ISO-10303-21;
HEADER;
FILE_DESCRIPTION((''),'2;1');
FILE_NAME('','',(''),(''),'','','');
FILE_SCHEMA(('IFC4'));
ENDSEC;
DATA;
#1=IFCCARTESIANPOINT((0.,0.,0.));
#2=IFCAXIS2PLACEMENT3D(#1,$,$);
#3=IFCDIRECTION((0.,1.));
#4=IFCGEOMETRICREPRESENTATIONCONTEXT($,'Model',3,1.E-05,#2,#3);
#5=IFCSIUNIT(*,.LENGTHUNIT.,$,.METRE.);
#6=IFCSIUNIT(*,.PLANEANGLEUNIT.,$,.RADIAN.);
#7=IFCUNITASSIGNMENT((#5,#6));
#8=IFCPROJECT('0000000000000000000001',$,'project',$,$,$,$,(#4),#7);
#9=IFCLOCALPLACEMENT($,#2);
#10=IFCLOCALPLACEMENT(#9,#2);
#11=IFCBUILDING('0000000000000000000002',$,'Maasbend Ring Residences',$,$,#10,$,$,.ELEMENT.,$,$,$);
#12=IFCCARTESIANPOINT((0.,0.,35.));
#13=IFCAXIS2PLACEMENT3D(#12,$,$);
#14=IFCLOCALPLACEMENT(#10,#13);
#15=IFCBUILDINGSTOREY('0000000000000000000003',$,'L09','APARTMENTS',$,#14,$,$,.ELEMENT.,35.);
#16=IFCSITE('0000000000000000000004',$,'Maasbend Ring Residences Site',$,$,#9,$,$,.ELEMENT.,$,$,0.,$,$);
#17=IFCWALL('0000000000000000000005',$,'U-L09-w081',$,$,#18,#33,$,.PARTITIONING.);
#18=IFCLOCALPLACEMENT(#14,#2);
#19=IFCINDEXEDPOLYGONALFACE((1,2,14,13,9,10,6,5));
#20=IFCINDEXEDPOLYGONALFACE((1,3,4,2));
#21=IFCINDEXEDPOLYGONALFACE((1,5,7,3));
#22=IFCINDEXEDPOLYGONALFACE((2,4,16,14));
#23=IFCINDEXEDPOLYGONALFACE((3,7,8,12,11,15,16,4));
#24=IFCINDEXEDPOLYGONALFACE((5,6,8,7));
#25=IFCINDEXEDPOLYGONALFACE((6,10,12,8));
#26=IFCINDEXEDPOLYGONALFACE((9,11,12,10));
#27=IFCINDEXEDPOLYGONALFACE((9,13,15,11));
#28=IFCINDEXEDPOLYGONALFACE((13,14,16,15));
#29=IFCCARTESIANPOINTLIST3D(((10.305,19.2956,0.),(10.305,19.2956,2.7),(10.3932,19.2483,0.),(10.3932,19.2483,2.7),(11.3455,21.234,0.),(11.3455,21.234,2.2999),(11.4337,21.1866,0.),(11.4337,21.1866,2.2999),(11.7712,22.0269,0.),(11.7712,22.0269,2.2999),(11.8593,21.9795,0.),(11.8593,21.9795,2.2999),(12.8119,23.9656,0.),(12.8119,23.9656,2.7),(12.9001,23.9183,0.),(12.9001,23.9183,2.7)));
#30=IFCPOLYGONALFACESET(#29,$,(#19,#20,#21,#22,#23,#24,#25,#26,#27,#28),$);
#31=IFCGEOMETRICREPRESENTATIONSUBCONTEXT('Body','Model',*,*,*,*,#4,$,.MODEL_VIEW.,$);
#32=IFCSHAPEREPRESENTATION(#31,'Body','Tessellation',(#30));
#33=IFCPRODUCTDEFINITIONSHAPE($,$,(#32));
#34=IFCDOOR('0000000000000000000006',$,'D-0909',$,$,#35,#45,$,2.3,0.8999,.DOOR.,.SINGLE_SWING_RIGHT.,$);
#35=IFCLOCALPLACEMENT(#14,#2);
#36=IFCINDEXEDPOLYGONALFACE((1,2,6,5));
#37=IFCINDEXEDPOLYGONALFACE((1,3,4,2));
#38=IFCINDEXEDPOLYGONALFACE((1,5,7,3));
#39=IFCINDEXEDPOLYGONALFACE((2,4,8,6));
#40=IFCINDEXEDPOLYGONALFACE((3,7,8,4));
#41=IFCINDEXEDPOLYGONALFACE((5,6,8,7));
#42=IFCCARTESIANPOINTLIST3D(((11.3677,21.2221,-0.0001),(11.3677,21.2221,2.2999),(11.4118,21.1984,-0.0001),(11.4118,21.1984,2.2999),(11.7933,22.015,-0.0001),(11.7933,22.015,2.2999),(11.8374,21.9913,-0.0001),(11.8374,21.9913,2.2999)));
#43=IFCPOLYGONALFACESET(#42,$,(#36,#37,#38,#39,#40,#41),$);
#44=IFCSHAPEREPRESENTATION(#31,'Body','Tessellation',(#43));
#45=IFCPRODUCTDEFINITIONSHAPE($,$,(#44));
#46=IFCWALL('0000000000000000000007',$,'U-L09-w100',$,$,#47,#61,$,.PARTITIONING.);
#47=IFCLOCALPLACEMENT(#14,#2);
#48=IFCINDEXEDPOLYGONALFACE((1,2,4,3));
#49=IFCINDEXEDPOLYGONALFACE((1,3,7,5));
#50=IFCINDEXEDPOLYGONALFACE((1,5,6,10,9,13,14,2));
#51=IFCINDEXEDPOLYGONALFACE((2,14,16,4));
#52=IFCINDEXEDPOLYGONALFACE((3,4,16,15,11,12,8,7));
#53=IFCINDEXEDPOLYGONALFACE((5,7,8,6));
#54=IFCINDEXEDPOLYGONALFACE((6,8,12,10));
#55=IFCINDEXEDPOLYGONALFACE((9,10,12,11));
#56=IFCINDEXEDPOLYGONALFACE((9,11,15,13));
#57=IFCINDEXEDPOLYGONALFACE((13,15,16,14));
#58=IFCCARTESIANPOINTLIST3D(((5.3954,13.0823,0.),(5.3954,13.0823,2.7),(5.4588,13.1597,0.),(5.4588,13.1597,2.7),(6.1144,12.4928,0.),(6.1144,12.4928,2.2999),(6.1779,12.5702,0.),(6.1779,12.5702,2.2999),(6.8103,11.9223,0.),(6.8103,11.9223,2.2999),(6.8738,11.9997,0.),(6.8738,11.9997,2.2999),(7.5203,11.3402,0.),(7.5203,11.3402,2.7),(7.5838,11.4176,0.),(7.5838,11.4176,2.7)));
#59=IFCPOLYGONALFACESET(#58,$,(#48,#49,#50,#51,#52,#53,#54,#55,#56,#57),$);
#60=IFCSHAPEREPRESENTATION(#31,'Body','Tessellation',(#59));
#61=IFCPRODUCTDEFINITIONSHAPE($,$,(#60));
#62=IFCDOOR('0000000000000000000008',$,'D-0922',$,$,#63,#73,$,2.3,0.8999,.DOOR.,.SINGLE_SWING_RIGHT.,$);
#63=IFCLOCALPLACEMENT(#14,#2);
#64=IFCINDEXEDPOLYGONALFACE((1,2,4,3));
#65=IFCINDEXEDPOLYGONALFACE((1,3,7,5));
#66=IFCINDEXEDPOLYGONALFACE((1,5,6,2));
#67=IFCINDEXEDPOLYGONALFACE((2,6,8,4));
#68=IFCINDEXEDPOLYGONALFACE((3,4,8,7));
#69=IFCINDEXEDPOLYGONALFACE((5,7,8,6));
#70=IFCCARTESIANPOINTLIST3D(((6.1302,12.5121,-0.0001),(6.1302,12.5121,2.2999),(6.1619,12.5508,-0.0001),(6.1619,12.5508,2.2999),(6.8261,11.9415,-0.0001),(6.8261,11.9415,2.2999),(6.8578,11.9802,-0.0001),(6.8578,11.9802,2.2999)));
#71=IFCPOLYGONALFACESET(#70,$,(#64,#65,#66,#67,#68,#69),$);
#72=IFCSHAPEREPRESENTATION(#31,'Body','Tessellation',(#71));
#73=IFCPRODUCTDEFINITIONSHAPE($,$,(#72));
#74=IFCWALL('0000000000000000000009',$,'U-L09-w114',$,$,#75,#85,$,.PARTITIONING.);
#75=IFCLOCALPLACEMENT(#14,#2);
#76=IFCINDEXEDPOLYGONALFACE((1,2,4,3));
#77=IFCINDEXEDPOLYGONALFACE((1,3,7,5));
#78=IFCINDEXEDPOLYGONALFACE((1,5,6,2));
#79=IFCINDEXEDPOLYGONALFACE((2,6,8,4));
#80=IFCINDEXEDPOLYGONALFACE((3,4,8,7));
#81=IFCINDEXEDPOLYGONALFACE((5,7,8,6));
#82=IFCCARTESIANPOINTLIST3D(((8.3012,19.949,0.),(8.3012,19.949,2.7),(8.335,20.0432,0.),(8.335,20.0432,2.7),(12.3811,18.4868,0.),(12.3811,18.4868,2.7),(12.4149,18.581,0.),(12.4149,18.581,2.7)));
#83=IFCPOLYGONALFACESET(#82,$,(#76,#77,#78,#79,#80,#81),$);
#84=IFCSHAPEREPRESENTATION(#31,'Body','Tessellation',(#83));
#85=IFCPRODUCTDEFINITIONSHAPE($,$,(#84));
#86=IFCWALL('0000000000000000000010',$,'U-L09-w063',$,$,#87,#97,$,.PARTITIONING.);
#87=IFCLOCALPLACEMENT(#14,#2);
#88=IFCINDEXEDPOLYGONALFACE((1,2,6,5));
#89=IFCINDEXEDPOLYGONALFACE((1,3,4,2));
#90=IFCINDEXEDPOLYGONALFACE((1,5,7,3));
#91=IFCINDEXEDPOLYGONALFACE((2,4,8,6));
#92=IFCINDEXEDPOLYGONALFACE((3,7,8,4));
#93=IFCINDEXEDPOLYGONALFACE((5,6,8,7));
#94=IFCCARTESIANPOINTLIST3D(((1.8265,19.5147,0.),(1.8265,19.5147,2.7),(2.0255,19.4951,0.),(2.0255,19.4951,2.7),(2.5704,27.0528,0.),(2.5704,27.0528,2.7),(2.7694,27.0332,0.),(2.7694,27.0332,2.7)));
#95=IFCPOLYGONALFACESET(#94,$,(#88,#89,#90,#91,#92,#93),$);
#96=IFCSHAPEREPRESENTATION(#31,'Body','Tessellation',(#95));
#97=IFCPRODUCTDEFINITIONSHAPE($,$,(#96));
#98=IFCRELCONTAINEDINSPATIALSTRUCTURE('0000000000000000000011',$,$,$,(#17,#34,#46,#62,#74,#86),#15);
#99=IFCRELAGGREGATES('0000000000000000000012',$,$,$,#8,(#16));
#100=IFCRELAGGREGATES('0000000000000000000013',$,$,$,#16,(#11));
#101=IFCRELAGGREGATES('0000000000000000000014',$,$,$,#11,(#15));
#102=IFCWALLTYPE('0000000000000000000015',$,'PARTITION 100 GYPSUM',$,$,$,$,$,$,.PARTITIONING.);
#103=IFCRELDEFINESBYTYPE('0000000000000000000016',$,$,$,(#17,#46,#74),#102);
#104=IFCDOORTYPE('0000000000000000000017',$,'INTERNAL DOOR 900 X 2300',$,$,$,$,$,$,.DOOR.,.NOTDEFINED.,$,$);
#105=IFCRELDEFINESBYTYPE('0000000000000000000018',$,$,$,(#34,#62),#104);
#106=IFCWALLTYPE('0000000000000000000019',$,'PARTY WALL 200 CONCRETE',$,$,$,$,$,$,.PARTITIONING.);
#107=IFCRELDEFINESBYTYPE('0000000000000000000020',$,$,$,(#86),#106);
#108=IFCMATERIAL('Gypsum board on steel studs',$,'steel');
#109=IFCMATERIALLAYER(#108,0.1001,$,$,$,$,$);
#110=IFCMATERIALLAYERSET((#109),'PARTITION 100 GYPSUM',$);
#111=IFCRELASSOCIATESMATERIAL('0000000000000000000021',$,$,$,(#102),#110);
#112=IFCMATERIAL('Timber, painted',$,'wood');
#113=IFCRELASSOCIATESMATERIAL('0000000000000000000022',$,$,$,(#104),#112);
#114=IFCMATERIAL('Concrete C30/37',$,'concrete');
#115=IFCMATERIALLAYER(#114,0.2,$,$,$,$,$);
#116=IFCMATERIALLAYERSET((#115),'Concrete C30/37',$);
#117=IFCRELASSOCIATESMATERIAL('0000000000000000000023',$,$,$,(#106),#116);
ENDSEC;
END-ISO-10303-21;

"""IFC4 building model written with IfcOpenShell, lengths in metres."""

from ifc_helpers import new_model, si_unit, direction, frame, frame_2d, origin, place, context, subcontext, project, spatial, rectangle, extrude, material, layer, layer_set, type_object, element, fill, save


model = new_model("IFC4")

# Units and contexts
model_context = context("Model", 3, precision=1e-05, world=origin(), true_north=direction((0.0, 1.0)))
body_context = subcontext(model_context, "Body", "Model", "MODEL_VIEW")
ifc_project = project(units=[si_unit("LENGTHUNIT", "METRE"), si_unit("PLANEANGLEUNIT", "RADIAN")], contexts=[model_context])

# Site, building, storey
site_placement = place(None, origin())
site = spatial("IfcSite", under=ifc_project, at=site_placement, Name="Maasbend Ring Residences Site", CompositionType="ELEMENT", RefElevation=0.0)
building_placement = place(site_placement, origin())
building = spatial("IfcBuilding", under=site, at=building_placement, Name="Maasbend Ring Residences", CompositionType="ELEMENT")
storey_placement = place(building_placement, frame((0.0, 0.0, 35.0)))
storey = spatial("IfcBuildingStorey", under=building, at=storey_placement, Name="L09", Description="APARTMENTS", CompositionType="ELEMENT", Elevation=35.0)

# Shared definitions
ifc_material_1 = material(Name="Gypsum board on steel studs", Category="steel")
ifc_layer_1 = layer(ifc_material_1, 0.1001)
ifc_layer_set_1 = layer_set([ifc_layer_1], Name="PARTITION 100 GYPSUM")
wall_type_1 = type_object("IfcWallType", Name="PARTITION 100 GYPSUM", PredefinedType="PARTITIONING", material=ifc_layer_set_1)
ifc_material_2 = material(Name="Timber, painted", Category="wood")
door_type_1 = type_object("IfcDoorType", Name="INTERNAL DOOR 900 X 2300", OperationType="NOTDEFINED", PredefinedType="DOOR", material=ifc_material_2)

# Walls, openings, doors
wall_1_placement = place(storey_placement, frame((10.3491, 19.272, 0.0), z_axis=(0.0, 0.0, 1.0), x_axis=(0.472968, 0.88108, 0.0)))
wall_1 = element("IfcWall", 1, at=wall_1_placement, inside=storey, type_object=wall_type_1, Name="U-L09-w081", PredefinedType="PARTITIONING", context=body_context, shape_type="SweptSolid", body=[
    extrude(rectangle(XDim=5.3003, YDim=0.1001, at=frame_2d((2.6501, 0.0))), origin(), (0.0, 0.0, 1.0), 2.7),
])
opening_1_placement = place(wall_1_placement, frame((2.2, 0.0, 0.0)))
opening_1 = element("IfcOpeningElement", 2, at=opening_1_placement, cuts=wall_1, PredefinedType="OPENING", context=body_context, shape_type="SweptSolid", body=[
    extrude(rectangle(XDim=0.8999, YDim=2.3, at=frame_2d((0.45, 1.1499))), frame((0.0, 0.0601, 0.0), z_axis=(0.0, -1.0, 0.0), x_axis=(1.0, 0.0, 0.0)), (0.0, 0.0, 1.0), 0.1201),
])
door_1_placement = place(opening_1_placement, origin())
door_1 = element("IfcDoor", 3, at=door_1_placement, inside=storey, type_object=door_type_1, Name="D-0909", OperationType="SINGLE_SWING_RIGHT", OverallHeight=2.3, OverallWidth=0.8999, PredefinedType="DOOR", context=body_context, shape_type="SweptSolid", body=[
    extrude(rectangle(XDim=0.8999, YDim=2.3, at=frame_2d((0.45, 1.1499))), frame((0.0, 0.0249, 0.0), z_axis=(0.0, -1.0, 0.0), x_axis=(1.0, 0.0, 0.0)), (0.0, 0.0, 1.0), 0.05),
])
fill(opening_1, door_1)
wall_2_placement = place(storey_placement, frame((5.427, 13.1211, 0.0), z_axis=(0.0, 0.0, 1.0), x_axis=(0.773324, -0.634012, 0.0)))
wall_2 = element("IfcWall", 4, at=wall_2_placement, inside=storey, type_object=wall_type_1, Name="U-L09-w100", PredefinedType="PARTITIONING", context=body_context, shape_type="SweptSolid", body=[
    extrude(rectangle(XDim=2.7478, YDim=0.1001, at=frame_2d((1.374, 0.0))), origin(), (0.0, 0.0, 1.0), 2.7),
])
opening_2_placement = place(wall_2_placement, frame((0.9299, 0.0, 0.0)))
opening_2 = element("IfcOpeningElement", 5, at=opening_2_placement, cuts=wall_2, PredefinedType="OPENING", context=body_context, shape_type="SweptSolid", body=[
    extrude(rectangle(XDim=0.8999, YDim=2.3, at=frame_2d((0.45, 1.1499))), frame((0.0, 0.0601, 0.0), z_axis=(0.0, -1.0, 0.0), x_axis=(1.0, 0.0, 0.0)), (0.0, 0.0, 1.0), 0.1201),
])
door_2_placement = place(opening_2_placement, origin())
door_2 = element("IfcDoor", 6, at=door_2_placement, inside=storey, type_object=door_type_1, Name="D-0922", OperationType="SINGLE_SWING_RIGHT", OverallHeight=2.3, OverallWidth=0.8999, PredefinedType="DOOR", context=body_context, shape_type="SweptSolid", body=[
    extrude(rectangle(XDim=0.8999, YDim=2.3, at=frame_2d((0.45, 1.1499))), frame((0.0, 0.0249, 0.0), z_axis=(0.0, -1.0, 0.0), x_axis=(1.0, 0.0, 0.0)), (0.0, 0.0, 1.0), 0.05),
])
fill(opening_2, door_2)

# Walls
wall_3_placement = place(storey_placement, frame((8.3181, 19.9961, 0.0), z_axis=(0.0, 0.0, 1.0), x_axis=(0.94137, -0.337375, 0.0)))
element("IfcWall", 7, at=wall_3_placement, inside=storey, type_object=wall_type_1, Name="U-L09-w114", PredefinedType="PARTITIONING", context=body_context, shape_type="SweptSolid", body=[
    extrude(rectangle(XDim=4.334, YDim=0.1001, at=frame_2d((2.167, 0.0))), origin(), (0.0, 0.0, 1.0), 2.7),
])
ifc_material_3 = material(Name="Concrete C30/37", Category="concrete")
ifc_layer_2 = layer(ifc_material_3, 0.2)
ifc_layer_set_2 = layer_set([ifc_layer_2], Name="Concrete C30/37")
wall_type_2 = type_object("IfcWallType", Name="PARTY WALL 200 CONCRETE", PredefinedType="PARTITIONING", material=ifc_layer_set_2)
wall_4_placement = place(storey_placement, frame((1.926, 19.5049, 0.0), z_axis=(0.0, 0.0, 1.0), x_axis=(0.098208, 0.995166, 0.0)))
element("IfcWall", 8, at=wall_4_placement, inside=storey, type_object=wall_type_2, Name="U-L09-w063", PredefinedType="PARTITIONING", context=body_context, shape_type="SweptSolid", body=[
    extrude(rectangle(XDim=7.5747, YDim=0.2, at=frame_2d((3.7874, 0.0))), origin(), (0.0, 0.0, 1.0), 2.7),
])

save(model, "model.ifc")
